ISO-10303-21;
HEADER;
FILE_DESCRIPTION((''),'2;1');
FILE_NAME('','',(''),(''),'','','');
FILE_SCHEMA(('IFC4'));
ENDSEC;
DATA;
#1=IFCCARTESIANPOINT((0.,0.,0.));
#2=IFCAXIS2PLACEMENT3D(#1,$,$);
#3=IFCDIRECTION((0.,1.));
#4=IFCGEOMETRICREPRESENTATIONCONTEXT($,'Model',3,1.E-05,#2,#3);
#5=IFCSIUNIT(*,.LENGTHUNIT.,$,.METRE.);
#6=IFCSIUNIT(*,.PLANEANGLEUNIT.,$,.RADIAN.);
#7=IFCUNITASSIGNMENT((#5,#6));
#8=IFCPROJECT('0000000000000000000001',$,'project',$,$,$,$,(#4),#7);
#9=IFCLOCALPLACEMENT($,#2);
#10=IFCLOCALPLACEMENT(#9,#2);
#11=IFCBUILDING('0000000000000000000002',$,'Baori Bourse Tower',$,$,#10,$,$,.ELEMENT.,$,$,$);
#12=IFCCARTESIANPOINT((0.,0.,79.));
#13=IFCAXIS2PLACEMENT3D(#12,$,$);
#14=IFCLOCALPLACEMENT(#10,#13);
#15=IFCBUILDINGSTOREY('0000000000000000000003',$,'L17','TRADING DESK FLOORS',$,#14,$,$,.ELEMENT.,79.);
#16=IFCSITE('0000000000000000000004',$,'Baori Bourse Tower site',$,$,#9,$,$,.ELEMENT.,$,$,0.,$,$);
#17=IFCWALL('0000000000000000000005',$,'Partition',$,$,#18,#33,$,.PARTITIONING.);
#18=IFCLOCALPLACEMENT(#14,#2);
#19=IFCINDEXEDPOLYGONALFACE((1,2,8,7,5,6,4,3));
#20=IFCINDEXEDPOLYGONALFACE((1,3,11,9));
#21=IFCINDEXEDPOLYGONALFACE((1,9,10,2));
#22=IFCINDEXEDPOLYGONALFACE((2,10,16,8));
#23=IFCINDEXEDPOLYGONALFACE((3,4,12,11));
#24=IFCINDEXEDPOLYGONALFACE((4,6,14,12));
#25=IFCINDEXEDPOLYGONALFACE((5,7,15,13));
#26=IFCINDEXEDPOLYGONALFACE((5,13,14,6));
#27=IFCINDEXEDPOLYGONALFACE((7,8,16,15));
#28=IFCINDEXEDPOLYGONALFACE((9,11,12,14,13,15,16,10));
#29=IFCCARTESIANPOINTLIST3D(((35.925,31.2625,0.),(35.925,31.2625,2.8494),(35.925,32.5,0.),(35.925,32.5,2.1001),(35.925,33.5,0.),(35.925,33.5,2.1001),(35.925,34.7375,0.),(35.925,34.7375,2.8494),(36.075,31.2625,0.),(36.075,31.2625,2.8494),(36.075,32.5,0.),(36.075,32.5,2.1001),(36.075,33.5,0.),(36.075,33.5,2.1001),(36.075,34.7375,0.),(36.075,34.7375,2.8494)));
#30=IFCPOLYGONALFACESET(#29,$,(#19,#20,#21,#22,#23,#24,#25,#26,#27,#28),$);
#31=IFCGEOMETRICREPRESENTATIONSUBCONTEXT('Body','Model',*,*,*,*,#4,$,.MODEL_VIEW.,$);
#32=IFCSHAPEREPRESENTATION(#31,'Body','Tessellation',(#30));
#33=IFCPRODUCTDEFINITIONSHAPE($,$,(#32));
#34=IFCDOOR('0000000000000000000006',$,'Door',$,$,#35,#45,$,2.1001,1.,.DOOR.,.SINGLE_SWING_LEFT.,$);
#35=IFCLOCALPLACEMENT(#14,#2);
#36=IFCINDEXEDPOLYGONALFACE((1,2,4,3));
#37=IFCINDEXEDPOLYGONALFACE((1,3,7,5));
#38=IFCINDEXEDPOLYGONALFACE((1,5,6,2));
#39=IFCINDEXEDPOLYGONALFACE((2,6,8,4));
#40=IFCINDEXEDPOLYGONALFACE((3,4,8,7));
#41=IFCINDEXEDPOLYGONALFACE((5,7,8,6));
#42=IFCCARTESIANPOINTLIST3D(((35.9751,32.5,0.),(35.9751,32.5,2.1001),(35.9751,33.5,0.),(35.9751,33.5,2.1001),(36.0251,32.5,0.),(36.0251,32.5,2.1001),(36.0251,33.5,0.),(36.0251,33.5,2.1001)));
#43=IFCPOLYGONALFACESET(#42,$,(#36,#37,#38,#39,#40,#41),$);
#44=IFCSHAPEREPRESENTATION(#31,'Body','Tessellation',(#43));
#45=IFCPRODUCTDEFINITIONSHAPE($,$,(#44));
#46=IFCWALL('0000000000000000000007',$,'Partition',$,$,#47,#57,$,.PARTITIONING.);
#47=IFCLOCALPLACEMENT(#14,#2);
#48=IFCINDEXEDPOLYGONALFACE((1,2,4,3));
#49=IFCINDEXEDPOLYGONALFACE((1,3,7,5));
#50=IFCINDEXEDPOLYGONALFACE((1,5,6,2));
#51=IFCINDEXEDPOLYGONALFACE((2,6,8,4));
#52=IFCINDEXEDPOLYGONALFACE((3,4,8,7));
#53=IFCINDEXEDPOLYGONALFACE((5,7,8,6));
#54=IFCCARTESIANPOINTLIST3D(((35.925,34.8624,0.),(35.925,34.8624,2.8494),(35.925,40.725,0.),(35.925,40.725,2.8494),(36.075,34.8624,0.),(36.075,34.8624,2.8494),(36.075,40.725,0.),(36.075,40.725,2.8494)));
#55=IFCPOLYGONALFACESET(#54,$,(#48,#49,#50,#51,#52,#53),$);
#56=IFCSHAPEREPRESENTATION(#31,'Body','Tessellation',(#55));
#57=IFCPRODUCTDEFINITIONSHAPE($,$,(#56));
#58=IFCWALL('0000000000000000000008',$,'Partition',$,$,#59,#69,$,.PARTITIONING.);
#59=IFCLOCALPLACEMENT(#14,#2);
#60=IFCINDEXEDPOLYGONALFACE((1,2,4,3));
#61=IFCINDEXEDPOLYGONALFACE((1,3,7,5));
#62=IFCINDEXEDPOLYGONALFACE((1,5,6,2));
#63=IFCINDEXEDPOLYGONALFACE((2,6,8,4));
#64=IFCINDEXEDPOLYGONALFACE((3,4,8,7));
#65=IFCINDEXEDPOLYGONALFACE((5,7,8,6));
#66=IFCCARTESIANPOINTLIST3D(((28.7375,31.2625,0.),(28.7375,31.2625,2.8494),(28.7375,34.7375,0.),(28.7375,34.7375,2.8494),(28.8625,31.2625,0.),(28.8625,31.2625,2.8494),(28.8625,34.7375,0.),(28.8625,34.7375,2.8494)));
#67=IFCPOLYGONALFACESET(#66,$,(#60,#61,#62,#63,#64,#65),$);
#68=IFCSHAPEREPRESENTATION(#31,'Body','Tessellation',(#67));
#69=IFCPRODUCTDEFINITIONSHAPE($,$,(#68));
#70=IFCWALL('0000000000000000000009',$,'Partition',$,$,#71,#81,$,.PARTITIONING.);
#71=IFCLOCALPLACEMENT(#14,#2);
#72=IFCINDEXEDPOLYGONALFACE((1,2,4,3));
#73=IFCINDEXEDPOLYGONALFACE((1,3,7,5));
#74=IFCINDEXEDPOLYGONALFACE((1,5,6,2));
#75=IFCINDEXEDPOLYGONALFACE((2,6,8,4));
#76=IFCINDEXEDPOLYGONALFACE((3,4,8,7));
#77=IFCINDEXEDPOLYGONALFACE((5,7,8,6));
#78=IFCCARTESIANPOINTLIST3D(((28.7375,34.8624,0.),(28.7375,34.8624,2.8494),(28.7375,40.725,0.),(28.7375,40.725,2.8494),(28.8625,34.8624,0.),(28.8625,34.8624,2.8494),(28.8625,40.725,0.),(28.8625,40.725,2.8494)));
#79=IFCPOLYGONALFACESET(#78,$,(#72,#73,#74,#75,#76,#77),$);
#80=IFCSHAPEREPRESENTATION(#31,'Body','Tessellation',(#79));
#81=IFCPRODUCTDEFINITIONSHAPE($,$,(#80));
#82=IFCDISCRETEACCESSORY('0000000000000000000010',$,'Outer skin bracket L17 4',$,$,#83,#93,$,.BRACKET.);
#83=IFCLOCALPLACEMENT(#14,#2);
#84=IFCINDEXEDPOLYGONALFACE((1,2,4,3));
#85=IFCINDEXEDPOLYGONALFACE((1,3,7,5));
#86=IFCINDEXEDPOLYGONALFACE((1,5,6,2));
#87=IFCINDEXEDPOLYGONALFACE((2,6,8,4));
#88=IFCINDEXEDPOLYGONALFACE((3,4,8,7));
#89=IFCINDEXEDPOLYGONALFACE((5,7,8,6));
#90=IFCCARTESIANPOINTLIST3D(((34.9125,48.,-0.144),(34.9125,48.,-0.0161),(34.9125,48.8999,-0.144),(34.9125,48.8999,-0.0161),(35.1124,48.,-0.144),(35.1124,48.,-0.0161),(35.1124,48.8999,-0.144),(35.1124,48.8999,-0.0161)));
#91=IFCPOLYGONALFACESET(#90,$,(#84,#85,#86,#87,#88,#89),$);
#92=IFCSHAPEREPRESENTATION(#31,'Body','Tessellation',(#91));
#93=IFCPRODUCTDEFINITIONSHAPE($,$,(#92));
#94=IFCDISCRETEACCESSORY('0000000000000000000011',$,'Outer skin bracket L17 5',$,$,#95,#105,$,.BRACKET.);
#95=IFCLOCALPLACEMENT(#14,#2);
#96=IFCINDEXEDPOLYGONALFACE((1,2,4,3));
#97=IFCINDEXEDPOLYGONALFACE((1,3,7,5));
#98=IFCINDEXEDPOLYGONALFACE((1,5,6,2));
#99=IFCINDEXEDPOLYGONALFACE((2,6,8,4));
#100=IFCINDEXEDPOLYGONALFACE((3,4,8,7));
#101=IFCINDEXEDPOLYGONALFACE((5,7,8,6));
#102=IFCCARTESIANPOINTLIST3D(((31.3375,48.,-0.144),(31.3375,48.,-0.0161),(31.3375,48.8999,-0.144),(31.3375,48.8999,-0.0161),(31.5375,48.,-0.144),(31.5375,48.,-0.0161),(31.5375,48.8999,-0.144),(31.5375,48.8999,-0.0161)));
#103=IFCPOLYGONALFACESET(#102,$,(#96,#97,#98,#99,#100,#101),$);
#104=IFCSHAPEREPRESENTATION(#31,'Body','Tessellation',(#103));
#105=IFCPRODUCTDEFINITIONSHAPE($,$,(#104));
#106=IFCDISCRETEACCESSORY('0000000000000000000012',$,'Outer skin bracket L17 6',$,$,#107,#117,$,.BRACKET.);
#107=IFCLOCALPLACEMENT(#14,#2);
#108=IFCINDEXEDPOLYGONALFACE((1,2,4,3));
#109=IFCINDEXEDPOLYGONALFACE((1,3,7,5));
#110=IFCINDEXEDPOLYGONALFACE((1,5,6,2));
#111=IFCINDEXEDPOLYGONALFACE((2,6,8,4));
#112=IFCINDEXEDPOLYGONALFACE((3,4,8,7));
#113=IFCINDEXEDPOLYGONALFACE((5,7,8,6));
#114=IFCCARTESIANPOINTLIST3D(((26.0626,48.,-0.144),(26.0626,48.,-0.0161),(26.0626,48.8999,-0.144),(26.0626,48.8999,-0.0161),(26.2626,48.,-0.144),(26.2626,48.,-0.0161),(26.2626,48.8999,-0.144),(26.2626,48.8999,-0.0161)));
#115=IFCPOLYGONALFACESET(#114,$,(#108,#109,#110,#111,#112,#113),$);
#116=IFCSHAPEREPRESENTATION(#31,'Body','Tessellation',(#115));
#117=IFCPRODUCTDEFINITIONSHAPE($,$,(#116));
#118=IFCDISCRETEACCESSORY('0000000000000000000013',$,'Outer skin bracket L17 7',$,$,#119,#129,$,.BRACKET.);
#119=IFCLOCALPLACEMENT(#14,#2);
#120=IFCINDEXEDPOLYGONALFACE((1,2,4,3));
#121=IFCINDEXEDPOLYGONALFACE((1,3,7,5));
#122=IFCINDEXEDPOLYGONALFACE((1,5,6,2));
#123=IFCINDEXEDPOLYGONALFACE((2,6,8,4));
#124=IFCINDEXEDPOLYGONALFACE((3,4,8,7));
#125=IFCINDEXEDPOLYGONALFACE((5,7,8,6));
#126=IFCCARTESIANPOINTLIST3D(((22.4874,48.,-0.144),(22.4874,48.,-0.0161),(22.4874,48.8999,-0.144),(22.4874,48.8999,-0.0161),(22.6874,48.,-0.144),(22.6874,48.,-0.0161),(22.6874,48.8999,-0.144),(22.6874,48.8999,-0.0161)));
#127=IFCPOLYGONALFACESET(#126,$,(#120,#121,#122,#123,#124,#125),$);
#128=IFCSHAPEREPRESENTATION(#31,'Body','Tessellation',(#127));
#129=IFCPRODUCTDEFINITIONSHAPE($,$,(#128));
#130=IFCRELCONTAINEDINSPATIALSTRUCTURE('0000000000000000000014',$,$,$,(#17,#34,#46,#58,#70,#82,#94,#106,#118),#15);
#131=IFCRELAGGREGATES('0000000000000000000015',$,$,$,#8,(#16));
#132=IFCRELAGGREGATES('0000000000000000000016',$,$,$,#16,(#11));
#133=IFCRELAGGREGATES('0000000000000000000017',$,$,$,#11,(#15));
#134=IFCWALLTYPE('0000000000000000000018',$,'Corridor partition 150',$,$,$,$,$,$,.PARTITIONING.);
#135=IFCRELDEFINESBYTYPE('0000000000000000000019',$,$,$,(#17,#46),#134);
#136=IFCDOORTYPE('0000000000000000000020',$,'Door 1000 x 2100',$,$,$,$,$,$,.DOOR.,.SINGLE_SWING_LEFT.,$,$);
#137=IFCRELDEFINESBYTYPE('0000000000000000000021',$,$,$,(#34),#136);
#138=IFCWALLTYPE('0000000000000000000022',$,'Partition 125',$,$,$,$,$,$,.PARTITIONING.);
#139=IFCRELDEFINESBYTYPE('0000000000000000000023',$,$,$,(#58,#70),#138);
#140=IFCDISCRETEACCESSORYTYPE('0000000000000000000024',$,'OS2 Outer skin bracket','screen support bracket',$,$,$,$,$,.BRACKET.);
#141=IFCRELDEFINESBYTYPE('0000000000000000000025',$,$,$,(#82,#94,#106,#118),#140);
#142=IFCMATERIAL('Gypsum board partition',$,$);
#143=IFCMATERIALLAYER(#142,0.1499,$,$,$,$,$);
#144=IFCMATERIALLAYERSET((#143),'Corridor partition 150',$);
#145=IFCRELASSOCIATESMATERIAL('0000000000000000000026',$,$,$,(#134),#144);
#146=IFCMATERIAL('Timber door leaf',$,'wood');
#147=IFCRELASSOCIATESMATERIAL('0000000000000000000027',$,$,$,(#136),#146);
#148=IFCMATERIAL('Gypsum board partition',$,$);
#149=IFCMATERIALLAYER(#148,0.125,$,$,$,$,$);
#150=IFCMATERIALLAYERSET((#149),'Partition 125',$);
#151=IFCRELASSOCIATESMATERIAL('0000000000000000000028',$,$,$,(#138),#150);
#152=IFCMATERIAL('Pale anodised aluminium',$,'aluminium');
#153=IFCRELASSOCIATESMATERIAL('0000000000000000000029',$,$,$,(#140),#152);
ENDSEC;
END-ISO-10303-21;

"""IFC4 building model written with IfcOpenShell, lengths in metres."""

from ifc_helpers import new_model, si_unit, direction, frame, frame_2d, origin, origin_2d, place, context, subcontext, project, spatial, rectangle, extrude, material, layer, layer_set, type_object, element, fill, save


model = new_model("IFC4")

# Units and contexts
model_context = context("Model", 3, precision=1e-05, world=origin(), true_north=direction((0.0, 1.0)))
body_context = subcontext(model_context, "Body", "Model", "MODEL_VIEW")
ifc_project = project(units=[si_unit("LENGTHUNIT", "METRE"), si_unit("PLANEANGLEUNIT", "RADIAN")], contexts=[model_context])

# Site, building, storey
site_placement = place(None, origin())
site = spatial("IfcSite", under=ifc_project, at=site_placement, Name="Baori Bourse Tower site", CompositionType="ELEMENT", RefElevation=0.0)
building_placement = place(site_placement, origin())
building = spatial("IfcBuilding", under=site, at=building_placement, Name="Baori Bourse Tower", CompositionType="ELEMENT")
storey_placement = place(building_placement, frame((0.0, 0.0, 79.0)))
storey = spatial("IfcBuildingStorey", under=building, at=storey_placement, Name="L17", Description="TRADING DESK FLOORS", CompositionType="ELEMENT", Elevation=79.0)

# Shared definitions
ifc_material_1 = material(Name="Gypsum board partition")
ifc_layer_1 = layer(ifc_material_1, 0.1499)
ifc_layer_set_1 = layer_set([ifc_layer_1], Name="Corridor partition 150")
wall_type_1 = type_object("IfcWallType", Name="Corridor partition 150", PredefinedType="PARTITIONING", material=ifc_layer_set_1)
ifc_material_2 = material(Name="Timber door leaf", Category="wood")
door_type = type_object("IfcDoorType", Name="Door 1000 x 2100", OperationType="SINGLE_SWING_LEFT", PredefinedType="DOOR", material=ifc_material_2)

# Wall, opening, door
wall_1_placement = place(storey_placement, frame((36.0, 31.2625, 0.0), z_axis=(0.0, 0.0, 1.0), x_axis=(0.0, 1.0, 0.0)))
wall_1 = element("IfcWall", 1, at=wall_1_placement, inside=storey, type_object=wall_type_1, Name="Partition", PredefinedType="PARTITIONING", context=body_context, shape_type="SweptSolid", body=[
    extrude(rectangle(XDim=3.4751, YDim=0.1499, at=frame_2d((1.7375, 0.0))), origin(), (0.0, 0.0, 1.0), 2.8494),
])
opening_1_placement = place(wall_1_placement, frame((1.2375, 0.0, 0.0)))
opening_1 = element("IfcOpeningElement", 2, at=opening_1_placement, cuts=wall_1, PredefinedType="OPENING", context=body_context, shape_type="SweptSolid", body=[
    extrude(rectangle(XDim=1.0, YDim=2.1001, at=frame_2d((0.5, 1.05))), frame((0.0, 0.085, 0.0), z_axis=(0.0, -1.0, 0.0), x_axis=(1.0, 0.0, 0.0)), (0.0, 0.0, 1.0), 0.1699),
])
door_1_placement = place(opening_1_placement, origin())
door_1 = element("IfcDoor", 3, at=door_1_placement, inside=storey, type_object=door_type, Name="Door", OperationType="SINGLE_SWING_LEFT", OverallHeight=2.1001, OverallWidth=1.0, PredefinedType="DOOR", context=body_context, shape_type="SweptSolid", body=[
    extrude(rectangle(XDim=1.0, YDim=2.1001, at=frame_2d((0.5, 1.05))), frame((0.0, 0.0249, 0.0), z_axis=(0.0, -1.0, 0.0), x_axis=(1.0, 0.0, 0.0)), (0.0, 0.0, 1.0), 0.05),
])
fill(opening_1, door_1)

# Walls
wall_2_placement = place(storey_placement, frame((36.0, 34.8625, 0.0), z_axis=(0.0, 0.0, 1.0), x_axis=(0.0, 1.0, 0.0)))
element("IfcWall", 4, at=wall_2_placement, inside=storey, type_object=wall_type_1, Name="Partition", PredefinedType="PARTITIONING", context=body_context, shape_type="SweptSolid", body=[
    extrude(rectangle(XDim=5.8625, YDim=0.1499, at=frame_2d((2.9312, 0.0))), origin(), (0.0, 0.0, 1.0), 2.8494),
])
ifc_material_3 = material(Name="Gypsum board partition")
ifc_layer_2 = layer(ifc_material_3, 0.125)
ifc_layer_set_2 = layer_set([ifc_layer_2], Name="Partition 125")
wall_type_2 = type_object("IfcWallType", Name="Partition 125", PredefinedType="PARTITIONING", material=ifc_layer_set_2)
wall_3_placement = place(storey_placement, frame((28.8, 31.2625, 0.0), z_axis=(0.0, 0.0, 1.0), x_axis=(0.0, 1.0, 0.0)))
element("IfcWall", 5, at=wall_3_placement, inside=storey, type_object=wall_type_2, Name="Partition", PredefinedType="PARTITIONING", context=body_context, shape_type="SweptSolid", body=[
    extrude(rectangle(XDim=3.4751, YDim=0.125, at=frame_2d((1.7375, 0.0))), origin(), (0.0, 0.0, 1.0), 2.8494),
])
wall_4_placement = place(storey_placement, frame((28.8, 34.8625, 0.0), z_axis=(0.0, 0.0, 1.0), x_axis=(0.0, 1.0, 0.0)))
element("IfcWall", 6, at=wall_4_placement, inside=storey, type_object=wall_type_2, Name="Partition", PredefinedType="PARTITIONING", context=body_context, shape_type="SweptSolid", body=[
    extrude(rectangle(XDim=5.8625, YDim=0.125, at=frame_2d((2.9312, 0.0))), origin(), (0.0, 0.0, 1.0), 2.8494),
])

# Discrete accessories
ifc_material_4 = material(Name="Pale anodised aluminium", Category="aluminium")
discrete_accessory_type = type_object("IfcDiscreteAccessoryType", Name="OS2 Outer skin bracket", Description="screen support bracket", PredefinedType="BRACKET", material=ifc_material_4)
for number, where, z_axis, x_axis, name in (
    (7, (35.0125, 48.45, -0.144), (0.0, 0.0, 1.0), (-1.0, 0.0, 0.0), "Outer skin bracket L17 4"),
    (8, (31.4375, 48.45, -0.144), (0.0, 0.0, 1.0), (-1.0, 0.0, 0.0), "Outer skin bracket L17 5"),
    (9, (26.1626, 48.45, -0.144), (0.0, 0.0, 1.0), (-1.0, 0.0, 0.0), "Outer skin bracket L17 6"),
    (10, (22.5874, 48.45, -0.144), (0.0, 0.0, 1.0), (-1.0, 0.0, 0.0), "Outer skin bracket L17 7"),
):
    element("IfcDiscreteAccessory", number, at=place(storey_placement, frame(where, z_axis=z_axis, x_axis=x_axis)), inside=storey, type_object=discrete_accessory_type, Name=name, PredefinedType="BRACKET", context=body_context, shape_type="SweptSolid", body=[
        extrude(rectangle(XDim=0.2, YDim=0.8999, at=origin_2d()), origin(), (0.0, 0.0, 1.0), 0.1279),
    ])

save(model, "model.ifc")
